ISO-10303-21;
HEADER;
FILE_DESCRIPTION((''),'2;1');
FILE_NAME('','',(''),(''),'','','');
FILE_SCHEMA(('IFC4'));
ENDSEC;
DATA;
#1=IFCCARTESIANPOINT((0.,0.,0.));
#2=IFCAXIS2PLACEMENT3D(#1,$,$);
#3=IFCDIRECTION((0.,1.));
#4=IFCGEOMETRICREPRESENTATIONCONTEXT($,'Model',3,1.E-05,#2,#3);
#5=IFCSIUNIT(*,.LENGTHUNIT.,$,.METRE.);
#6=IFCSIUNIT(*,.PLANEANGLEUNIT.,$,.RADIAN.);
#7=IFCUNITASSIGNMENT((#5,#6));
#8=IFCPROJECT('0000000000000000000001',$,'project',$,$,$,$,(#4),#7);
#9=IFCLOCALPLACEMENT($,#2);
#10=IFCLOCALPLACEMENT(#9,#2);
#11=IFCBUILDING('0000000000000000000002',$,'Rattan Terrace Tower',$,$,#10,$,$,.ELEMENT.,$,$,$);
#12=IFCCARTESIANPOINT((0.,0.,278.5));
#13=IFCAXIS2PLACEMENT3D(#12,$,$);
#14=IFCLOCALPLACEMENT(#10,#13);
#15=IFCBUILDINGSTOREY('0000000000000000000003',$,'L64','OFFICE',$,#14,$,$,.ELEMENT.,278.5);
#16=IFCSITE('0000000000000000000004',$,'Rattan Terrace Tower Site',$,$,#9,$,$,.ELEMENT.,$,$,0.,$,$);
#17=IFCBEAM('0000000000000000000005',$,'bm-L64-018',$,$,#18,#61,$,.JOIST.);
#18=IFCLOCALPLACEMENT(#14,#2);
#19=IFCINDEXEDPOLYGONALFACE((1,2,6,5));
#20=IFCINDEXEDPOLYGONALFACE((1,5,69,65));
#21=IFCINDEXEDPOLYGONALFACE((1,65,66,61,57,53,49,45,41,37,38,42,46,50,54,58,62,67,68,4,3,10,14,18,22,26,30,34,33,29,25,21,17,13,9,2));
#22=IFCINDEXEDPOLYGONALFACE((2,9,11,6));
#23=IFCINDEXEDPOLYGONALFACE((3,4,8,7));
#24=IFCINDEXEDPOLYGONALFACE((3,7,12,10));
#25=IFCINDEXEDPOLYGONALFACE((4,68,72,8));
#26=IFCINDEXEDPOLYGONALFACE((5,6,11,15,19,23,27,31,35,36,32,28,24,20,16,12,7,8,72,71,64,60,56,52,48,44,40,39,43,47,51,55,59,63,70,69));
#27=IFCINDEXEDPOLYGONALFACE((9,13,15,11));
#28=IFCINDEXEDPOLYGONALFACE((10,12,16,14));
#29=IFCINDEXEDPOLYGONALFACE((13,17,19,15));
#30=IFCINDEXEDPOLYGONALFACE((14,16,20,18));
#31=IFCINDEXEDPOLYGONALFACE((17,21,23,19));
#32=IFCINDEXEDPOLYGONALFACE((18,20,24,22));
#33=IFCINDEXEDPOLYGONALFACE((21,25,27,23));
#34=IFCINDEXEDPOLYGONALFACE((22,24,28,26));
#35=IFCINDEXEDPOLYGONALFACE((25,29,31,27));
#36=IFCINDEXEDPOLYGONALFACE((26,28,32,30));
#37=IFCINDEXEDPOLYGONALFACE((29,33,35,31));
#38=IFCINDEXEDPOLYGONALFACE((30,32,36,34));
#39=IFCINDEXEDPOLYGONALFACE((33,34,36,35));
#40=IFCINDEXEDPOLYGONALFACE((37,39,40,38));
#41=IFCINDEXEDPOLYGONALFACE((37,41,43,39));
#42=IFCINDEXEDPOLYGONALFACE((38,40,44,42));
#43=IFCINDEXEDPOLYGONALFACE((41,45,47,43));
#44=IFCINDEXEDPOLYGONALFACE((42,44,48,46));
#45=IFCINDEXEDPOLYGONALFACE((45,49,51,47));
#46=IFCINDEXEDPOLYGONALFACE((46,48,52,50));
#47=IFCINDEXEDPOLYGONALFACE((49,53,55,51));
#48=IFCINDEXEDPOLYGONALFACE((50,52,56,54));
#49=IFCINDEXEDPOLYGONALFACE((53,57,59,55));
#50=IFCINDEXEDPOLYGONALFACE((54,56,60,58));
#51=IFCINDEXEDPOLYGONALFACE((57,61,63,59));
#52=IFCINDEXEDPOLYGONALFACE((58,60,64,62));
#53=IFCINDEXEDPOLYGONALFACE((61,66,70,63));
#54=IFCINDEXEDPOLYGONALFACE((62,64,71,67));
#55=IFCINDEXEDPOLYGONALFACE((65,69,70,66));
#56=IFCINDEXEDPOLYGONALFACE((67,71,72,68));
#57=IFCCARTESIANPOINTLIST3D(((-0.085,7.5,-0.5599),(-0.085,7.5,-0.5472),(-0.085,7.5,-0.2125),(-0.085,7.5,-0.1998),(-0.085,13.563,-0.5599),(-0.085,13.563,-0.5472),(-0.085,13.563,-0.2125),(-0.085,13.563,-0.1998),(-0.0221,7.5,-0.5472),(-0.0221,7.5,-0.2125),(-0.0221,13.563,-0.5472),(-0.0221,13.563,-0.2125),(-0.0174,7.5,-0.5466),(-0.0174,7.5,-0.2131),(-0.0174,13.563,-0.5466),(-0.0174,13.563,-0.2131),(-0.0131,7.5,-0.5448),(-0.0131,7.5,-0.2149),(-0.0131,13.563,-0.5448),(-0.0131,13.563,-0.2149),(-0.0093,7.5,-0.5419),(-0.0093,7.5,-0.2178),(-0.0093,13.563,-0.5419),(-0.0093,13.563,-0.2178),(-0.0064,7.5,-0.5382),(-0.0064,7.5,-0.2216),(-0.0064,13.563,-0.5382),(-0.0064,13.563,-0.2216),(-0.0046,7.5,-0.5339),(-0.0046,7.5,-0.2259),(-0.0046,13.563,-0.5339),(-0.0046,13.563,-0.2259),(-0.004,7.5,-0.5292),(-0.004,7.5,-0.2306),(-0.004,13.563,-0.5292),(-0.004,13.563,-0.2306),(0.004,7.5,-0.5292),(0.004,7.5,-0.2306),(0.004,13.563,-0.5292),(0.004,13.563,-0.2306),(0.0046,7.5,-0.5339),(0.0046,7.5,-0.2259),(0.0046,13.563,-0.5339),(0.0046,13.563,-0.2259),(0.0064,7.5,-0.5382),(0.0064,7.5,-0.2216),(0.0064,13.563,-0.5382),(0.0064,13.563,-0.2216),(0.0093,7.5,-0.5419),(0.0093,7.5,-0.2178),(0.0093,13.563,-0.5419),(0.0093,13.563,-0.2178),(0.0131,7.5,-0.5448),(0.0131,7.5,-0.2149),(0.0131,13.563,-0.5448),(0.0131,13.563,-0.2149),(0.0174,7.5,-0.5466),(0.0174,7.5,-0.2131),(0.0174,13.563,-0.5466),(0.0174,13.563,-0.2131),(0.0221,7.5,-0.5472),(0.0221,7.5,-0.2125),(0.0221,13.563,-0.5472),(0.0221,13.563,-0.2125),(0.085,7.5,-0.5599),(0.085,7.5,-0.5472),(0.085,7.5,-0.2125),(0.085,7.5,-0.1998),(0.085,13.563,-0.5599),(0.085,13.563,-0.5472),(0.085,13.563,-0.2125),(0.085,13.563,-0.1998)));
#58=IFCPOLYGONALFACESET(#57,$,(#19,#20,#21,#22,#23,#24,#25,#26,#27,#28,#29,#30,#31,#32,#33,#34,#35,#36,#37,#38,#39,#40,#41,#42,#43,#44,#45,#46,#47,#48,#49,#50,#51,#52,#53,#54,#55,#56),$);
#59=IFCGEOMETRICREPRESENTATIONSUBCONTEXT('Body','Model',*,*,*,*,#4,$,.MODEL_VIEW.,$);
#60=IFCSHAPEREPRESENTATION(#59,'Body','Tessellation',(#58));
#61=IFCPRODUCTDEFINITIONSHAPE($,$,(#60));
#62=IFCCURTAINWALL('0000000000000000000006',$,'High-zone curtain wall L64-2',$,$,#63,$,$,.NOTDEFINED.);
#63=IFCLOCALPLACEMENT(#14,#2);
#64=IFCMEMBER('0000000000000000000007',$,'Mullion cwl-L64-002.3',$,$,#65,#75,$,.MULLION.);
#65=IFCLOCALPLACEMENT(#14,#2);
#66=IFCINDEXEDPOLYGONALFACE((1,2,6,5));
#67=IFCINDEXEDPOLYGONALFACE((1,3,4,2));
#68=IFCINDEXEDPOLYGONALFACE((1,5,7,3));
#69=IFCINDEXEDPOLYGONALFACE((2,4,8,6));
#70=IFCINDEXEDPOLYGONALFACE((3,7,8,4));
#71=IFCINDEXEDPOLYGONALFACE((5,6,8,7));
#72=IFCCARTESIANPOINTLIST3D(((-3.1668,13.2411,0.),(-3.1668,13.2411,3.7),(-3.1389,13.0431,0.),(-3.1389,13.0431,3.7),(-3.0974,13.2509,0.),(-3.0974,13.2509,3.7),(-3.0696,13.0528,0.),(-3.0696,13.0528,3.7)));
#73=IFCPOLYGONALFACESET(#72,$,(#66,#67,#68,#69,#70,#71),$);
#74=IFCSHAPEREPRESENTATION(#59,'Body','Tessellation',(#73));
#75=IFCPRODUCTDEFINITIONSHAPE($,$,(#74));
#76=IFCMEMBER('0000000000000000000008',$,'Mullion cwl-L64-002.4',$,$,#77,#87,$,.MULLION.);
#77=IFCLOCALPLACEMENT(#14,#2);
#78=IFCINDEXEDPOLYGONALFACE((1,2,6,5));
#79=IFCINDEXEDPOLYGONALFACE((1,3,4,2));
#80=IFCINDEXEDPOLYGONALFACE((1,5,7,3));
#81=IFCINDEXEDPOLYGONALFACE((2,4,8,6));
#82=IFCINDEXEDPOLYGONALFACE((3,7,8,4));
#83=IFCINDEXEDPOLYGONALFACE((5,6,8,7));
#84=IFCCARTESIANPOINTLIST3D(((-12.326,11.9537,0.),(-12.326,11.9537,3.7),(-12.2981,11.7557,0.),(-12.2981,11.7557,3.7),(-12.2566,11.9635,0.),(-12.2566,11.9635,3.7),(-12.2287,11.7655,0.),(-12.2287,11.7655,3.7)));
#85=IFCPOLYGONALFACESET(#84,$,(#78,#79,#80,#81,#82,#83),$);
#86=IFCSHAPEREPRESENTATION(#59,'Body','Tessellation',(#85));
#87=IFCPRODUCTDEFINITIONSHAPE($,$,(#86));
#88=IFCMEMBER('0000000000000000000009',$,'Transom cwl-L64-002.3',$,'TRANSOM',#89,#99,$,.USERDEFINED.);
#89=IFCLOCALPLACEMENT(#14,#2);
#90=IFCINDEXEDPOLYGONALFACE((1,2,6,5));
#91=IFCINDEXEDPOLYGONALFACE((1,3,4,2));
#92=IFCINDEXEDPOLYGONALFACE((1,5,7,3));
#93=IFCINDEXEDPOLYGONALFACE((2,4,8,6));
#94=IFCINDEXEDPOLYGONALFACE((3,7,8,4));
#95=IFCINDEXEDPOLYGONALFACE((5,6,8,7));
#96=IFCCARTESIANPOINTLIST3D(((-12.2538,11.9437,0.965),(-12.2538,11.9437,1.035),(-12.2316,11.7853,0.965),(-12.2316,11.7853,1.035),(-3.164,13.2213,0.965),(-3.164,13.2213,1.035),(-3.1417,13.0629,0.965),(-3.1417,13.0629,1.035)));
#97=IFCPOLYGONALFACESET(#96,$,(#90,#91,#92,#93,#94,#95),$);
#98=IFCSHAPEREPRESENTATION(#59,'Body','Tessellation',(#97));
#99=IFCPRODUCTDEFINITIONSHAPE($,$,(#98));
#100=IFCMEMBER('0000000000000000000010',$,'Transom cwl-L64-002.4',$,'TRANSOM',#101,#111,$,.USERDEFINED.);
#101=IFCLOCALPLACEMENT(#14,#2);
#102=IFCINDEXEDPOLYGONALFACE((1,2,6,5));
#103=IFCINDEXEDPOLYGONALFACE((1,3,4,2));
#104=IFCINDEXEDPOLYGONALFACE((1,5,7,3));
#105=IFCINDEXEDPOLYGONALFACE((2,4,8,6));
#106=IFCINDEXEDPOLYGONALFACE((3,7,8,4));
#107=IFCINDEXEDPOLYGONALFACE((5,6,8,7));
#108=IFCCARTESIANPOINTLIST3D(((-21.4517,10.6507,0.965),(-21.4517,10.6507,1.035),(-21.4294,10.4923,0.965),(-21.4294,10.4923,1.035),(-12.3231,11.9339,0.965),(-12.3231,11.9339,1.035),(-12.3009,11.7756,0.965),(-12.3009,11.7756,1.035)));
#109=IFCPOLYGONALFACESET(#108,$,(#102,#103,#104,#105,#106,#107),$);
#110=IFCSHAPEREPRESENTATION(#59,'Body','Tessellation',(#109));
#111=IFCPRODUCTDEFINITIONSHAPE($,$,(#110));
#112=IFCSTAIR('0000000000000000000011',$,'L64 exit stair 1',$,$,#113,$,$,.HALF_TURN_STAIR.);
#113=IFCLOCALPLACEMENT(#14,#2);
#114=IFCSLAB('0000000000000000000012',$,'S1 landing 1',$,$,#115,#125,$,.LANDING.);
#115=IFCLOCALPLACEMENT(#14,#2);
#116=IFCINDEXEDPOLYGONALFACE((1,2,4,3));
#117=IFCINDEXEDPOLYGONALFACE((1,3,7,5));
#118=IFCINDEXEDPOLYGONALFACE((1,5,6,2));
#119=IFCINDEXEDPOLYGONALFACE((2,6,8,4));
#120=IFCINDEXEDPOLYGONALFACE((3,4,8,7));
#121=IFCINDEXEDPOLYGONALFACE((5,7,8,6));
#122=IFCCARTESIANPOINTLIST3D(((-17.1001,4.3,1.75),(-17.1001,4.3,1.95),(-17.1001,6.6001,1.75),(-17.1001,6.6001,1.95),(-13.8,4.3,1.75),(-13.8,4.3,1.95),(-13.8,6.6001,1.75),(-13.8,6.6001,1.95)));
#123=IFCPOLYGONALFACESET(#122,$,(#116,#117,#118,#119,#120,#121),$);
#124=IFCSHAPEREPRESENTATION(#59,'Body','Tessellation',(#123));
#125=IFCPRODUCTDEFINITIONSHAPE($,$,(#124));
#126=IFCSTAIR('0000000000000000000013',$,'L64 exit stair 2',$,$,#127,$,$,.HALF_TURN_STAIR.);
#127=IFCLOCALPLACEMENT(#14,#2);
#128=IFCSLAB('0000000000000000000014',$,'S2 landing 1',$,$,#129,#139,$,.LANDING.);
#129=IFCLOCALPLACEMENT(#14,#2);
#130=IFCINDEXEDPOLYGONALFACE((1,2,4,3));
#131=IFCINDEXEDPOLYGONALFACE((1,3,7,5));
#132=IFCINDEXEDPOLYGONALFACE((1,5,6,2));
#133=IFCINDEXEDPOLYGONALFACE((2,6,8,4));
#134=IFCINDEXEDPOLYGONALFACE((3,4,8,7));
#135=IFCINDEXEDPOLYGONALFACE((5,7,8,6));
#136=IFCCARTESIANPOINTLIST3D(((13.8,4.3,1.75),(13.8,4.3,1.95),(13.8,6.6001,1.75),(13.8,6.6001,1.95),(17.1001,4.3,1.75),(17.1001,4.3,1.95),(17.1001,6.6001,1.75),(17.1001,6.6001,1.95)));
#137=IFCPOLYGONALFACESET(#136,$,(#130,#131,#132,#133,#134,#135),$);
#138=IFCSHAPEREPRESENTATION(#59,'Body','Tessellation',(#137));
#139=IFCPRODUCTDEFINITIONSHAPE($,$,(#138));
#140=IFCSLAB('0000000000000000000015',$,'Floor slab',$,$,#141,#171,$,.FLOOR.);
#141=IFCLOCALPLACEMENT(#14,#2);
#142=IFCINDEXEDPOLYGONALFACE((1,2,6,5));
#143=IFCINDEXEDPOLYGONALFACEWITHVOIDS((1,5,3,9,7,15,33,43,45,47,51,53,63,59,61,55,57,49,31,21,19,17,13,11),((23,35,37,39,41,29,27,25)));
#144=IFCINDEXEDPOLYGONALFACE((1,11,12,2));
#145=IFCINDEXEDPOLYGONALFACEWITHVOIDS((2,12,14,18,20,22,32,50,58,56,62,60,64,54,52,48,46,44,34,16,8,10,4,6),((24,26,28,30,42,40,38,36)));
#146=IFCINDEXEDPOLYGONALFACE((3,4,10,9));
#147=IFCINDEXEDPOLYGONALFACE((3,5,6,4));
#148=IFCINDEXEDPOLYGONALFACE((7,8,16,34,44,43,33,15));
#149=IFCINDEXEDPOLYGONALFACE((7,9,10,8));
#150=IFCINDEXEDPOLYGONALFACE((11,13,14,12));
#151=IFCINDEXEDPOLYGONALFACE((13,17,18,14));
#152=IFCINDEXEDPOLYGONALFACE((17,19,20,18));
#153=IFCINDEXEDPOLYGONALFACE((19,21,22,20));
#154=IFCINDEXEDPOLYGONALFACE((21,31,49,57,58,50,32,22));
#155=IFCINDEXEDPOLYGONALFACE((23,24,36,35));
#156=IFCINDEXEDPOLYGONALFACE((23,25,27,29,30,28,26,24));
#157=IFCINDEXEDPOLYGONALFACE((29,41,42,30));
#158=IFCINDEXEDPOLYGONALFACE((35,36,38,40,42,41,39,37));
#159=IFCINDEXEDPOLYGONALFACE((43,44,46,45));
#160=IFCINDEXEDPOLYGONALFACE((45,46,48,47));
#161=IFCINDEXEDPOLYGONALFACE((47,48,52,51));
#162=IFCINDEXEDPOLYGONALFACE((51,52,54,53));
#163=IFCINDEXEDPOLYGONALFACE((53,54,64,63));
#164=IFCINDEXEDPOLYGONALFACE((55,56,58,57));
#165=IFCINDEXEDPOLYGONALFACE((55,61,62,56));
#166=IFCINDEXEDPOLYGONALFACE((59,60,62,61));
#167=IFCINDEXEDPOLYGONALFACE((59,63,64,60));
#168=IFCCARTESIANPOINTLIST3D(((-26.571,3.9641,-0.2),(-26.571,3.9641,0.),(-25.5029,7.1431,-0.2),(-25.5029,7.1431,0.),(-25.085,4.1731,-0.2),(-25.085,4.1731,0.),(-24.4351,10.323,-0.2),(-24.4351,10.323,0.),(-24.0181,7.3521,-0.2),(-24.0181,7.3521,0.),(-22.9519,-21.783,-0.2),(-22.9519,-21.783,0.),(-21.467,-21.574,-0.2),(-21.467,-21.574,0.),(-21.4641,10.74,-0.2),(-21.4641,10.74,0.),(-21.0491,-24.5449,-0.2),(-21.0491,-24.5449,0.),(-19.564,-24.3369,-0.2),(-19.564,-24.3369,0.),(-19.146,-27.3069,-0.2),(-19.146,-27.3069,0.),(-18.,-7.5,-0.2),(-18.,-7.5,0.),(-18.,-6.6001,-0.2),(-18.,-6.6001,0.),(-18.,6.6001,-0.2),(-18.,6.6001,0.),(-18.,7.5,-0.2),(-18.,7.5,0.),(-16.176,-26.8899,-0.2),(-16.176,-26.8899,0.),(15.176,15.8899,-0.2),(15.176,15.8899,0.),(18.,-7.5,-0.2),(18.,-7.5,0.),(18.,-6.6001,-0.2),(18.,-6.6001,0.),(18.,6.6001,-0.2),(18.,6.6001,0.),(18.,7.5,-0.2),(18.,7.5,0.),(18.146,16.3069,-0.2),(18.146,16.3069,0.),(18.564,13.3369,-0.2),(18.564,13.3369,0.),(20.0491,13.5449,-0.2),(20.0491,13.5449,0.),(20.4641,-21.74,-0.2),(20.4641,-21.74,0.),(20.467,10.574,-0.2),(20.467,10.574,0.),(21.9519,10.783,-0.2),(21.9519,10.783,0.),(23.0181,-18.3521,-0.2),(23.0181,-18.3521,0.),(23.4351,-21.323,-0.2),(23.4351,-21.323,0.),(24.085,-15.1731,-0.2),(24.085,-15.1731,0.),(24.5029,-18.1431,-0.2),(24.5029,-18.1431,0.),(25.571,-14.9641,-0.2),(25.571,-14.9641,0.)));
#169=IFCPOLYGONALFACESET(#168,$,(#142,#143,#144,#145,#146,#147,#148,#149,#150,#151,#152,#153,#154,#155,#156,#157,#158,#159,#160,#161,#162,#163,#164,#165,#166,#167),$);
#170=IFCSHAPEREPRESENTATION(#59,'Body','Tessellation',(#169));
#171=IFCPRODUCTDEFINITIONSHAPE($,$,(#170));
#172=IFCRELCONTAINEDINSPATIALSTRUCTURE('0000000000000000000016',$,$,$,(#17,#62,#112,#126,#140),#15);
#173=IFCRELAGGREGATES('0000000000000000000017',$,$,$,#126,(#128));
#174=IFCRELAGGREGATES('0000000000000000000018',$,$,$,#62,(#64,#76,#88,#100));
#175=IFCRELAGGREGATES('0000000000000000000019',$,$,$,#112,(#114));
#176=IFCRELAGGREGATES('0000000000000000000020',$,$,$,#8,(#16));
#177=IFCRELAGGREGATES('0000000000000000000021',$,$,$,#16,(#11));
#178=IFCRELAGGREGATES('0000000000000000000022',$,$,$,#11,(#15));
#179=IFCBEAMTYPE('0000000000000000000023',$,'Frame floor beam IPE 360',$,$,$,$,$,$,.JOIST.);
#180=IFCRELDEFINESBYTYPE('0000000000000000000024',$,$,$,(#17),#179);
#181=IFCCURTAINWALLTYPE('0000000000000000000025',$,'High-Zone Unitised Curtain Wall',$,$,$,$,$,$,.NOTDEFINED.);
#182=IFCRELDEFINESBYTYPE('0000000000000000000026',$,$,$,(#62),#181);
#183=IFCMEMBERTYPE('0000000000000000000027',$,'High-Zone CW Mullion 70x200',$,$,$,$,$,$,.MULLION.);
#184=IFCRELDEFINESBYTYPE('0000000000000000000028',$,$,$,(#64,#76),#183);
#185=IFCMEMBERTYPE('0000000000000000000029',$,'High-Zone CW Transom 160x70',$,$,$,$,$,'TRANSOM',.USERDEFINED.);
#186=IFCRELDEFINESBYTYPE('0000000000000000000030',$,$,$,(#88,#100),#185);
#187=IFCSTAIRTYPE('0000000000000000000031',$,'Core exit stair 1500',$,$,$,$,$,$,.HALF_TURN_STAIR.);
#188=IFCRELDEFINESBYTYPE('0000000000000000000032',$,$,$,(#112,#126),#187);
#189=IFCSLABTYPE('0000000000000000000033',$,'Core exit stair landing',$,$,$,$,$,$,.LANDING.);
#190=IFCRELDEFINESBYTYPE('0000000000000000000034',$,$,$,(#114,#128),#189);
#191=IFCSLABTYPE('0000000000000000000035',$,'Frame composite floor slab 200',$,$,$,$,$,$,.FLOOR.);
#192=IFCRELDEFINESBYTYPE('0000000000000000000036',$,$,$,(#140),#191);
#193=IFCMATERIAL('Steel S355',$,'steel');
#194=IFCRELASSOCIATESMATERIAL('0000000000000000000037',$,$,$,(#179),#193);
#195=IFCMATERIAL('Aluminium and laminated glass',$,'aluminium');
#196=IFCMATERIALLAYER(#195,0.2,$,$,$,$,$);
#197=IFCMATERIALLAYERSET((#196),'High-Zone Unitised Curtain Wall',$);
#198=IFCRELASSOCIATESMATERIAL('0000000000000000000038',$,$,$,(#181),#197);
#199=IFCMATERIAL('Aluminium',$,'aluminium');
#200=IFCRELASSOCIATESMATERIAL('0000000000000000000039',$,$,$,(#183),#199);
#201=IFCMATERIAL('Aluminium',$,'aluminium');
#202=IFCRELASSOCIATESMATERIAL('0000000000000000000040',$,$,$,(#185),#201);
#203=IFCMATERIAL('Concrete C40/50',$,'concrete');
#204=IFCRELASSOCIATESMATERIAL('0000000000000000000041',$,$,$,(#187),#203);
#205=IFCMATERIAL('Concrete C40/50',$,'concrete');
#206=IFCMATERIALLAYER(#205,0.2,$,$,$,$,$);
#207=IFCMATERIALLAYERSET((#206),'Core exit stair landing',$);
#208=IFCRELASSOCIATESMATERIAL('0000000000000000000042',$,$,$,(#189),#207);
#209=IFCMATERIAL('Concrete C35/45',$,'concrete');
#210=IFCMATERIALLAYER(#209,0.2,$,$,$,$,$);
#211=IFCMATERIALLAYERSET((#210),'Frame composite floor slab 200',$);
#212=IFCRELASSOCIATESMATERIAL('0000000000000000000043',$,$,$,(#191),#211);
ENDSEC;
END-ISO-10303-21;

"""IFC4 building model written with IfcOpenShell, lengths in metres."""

from ifc_helpers import new_model, si_unit, direction, frame, origin, origin_2d, place, context, subcontext, project, spatial, polyline, rectangle, i_section, outline, extrude, material, layer, layer_set, material_profile, profile_set, type_object, element, aggregate, save


model = new_model("IFC4")

# Units and contexts
model_context = context("Model", 3, precision=1e-05, world=origin(), true_north=direction((0.0, 1.0)))
body_context = subcontext(model_context, "Body", "Model", "MODEL_VIEW")
ifc_project = project(units=[si_unit("LENGTHUNIT", "METRE"), si_unit("PLANEANGLEUNIT", "RADIAN")], contexts=[model_context])

# Site, building, storey
site_placement = place(None, origin())
site = spatial("IfcSite", under=ifc_project, at=site_placement, Name="Rattan Terrace Tower Site", CompositionType="ELEMENT", RefElevation=0.0)
building_placement = place(site_placement, origin())
building = spatial("IfcBuilding", under=site, at=building_placement, Name="Rattan Terrace Tower", CompositionType="ELEMENT")
storey_placement = place(building_placement, frame((0.0, 0.0, 278.5)))
storey = spatial("IfcBuildingStorey", under=building, at=storey_placement, Name="L64", Description="OFFICE", CompositionType="ELEMENT", Elevation=278.5)

# Beam
ifc_material_1 = material(Name="Steel S355", Category="steel")
ifc_material_profile_1 = material_profile(ifc_material_1, i_section(OverallWidth=0.1699, OverallDepth=0.3601, WebThickness=0.0081, FlangeThickness=0.0127, FilletRadius=0.0181, at=origin_2d()), Name="IPE 360")
ifc_profile_set_1 = profile_set([ifc_material_profile_1], Name="Steel S355")
beam_type_1 = type_object("IfcBeamType", Name="Frame floor beam IPE 360", PredefinedType="JOIST", material=ifc_profile_set_1)
beam_1_placement = place(storey_placement, frame((0.0, 7.5, -0.3799), z_axis=(0.0, 1.0, 0.0), x_axis=(-1.0, 0.0, 0.0)))
element("IfcBeam", 1, at=beam_1_placement, inside=storey, type_object=beam_type_1, Name="bm-L64-018", PredefinedType="JOIST", context=body_context, shape_type="SweptSolid", body=[
    extrude(i_section(OverallWidth=0.1699, OverallDepth=0.3601, WebThickness=0.0081, FlangeThickness=0.0127, FilletRadius=0.0181, at=origin_2d()), origin(), (0.0, 0.0, 1.0), 6.063),
])

# Curtain wall, members
ifc_material_2 = material(Name="Aluminium and laminated glass", Category="aluminium")
ifc_layer_1 = layer(ifc_material_2, 0.2)
ifc_layer_set_1 = layer_set([ifc_layer_1], Name="High-Zone Unitised Curtain Wall")
curtain_wall_type = type_object("IfcCurtainWallType", Name="High-Zone Unitised Curtain Wall", PredefinedType="NOTDEFINED", material=ifc_layer_set_1)
curtain_wall_placement = place(storey_placement, origin())
curtain_wall = element("IfcCurtainWall", 2, at=curtain_wall_placement, inside=storey, type_object=curtain_wall_type, Name="High-zone curtain wall L64-2", PredefinedType="NOTDEFINED")
ifc_material_3 = material(Name="Aluminium", Category="aluminium")
ifc_material_profile_2 = material_profile(ifc_material_3, rectangle(XDim=0.0701, YDim=0.2, at=origin_2d()), Name="Aluminium 70x200")
ifc_profile_set_2 = profile_set([ifc_material_profile_2], Name="Aluminium")
member_type_1 = type_object("IfcMemberType", Name="High-Zone CW Mullion 70x200", PredefinedType="MULLION", material=ifc_profile_set_2)
member_1_placement = place(storey_placement, frame((-3.1182, 13.147, 0.0), z_axis=(0.0, 0.0, 1.0), x_axis=(-0.990266, -0.139189, 0.0)))
member_1 = element("IfcMember", 3, at=member_1_placement, type_object=member_type_1, Name="Mullion cwl-L64-002.3", PredefinedType="MULLION", context=body_context, shape_type="SweptSolid", body=[
    extrude(rectangle(XDim=0.0701, YDim=0.2, at=origin_2d()), origin(), (0.0, 0.0, 1.0), 3.7),
])
member_2_placement = place(storey_placement, frame((-12.2773, 11.8596, 0.0), z_axis=(0.0, 0.0, 1.0), x_axis=(-0.990266, -0.139189, 0.0)))
member_2 = element("IfcMember", 4, at=member_2_placement, type_object=member_type_1, Name="Mullion cwl-L64-002.4", PredefinedType="MULLION", context=body_context, shape_type="SweptSolid", body=[
    extrude(rectangle(XDim=0.0701, YDim=0.2, at=origin_2d()), origin(), (0.0, 0.0, 1.0), 3.7),
])
ifc_material_4 = material(Name="Aluminium", Category="aluminium")
ifc_material_profile_3 = material_profile(ifc_material_4, rectangle(XDim=0.1599, YDim=0.0701, at=origin_2d()), Name="Aluminium 160x70")
ifc_profile_set_3 = profile_set([ifc_material_profile_3], Name="Aluminium")
member_type_2 = type_object("IfcMemberType", Name="High-Zone CW Transom 160x70", ElementType="TRANSOM", PredefinedType="USERDEFINED", material=ifc_profile_set_3)
member_3_placement = place(storey_placement, frame((-3.1528, 13.1421, 1.0), z_axis=(-0.990267, -0.139183, 0.0), x_axis=(0.139183, -0.990267, 0.0)))
member_3 = element("IfcMember", 5, at=member_3_placement, type_object=member_type_2, Name="Transom cwl-L64-002.3", ObjectType="TRANSOM", PredefinedType="USERDEFINED", context=body_context, shape_type="SweptSolid", body=[
    extrude(rectangle(XDim=0.1599, YDim=0.0701, at=origin_2d()), origin(), (0.0, 0.0, 1.0), 9.1792),
])
member_4_placement = place(storey_placement, frame((-12.312, 11.8547, 1.0), z_axis=(-0.990264, -0.139204, 0.0), x_axis=(0.139204, -0.990264, 0.0)))
member_4 = element("IfcMember", 6, at=member_4_placement, type_object=member_type_2, Name="Transom cwl-L64-002.4", ObjectType="TRANSOM", PredefinedType="USERDEFINED", context=body_context, shape_type="SweptSolid", body=[
    extrude(rectangle(XDim=0.1599, YDim=0.0701, at=origin_2d()), origin(), (0.0, 0.0, 1.0), 9.2183),
])

# Stairs, slabs
ifc_material_5 = material(Name="Concrete C40/50", Category="concrete")
stair_type = type_object("IfcStairType", Name="Core exit stair 1500", PredefinedType="HALF_TURN_STAIR", material=ifc_material_5)
stair_1_placement = place(storey_placement, origin())
stair_1 = element("IfcStair", 7, at=stair_1_placement, inside=storey, type_object=stair_type, Name="L64 exit stair 1", PredefinedType="HALF_TURN_STAIR")
ifc_material_6 = material(Name="Concrete C40/50", Category="concrete")
ifc_layer_2 = layer(ifc_material_6, 0.2)
ifc_layer_set_2 = layer_set([ifc_layer_2], Name="Core exit stair landing")
slab_type_1 = type_object("IfcSlabType", Name="Core exit stair landing", PredefinedType="LANDING", material=ifc_layer_set_2)
slab_1_placement = place(storey_placement, frame((0.0, 0.0, 1.75)))
slab_1 = element("IfcSlab", 8, at=slab_1_placement, type_object=slab_type_1, Name="S1 landing 1", PredefinedType="LANDING", context=body_context, shape_type="SweptSolid", body=[
    extrude(outline(polyline([(-13.8, 4.3), (-13.8, 6.6001), (-17.1001, 6.6001), (-17.1001, 4.3), (-13.8, 4.3)])), origin(), (0.0, 0.0, 1.0), 0.2),
])
stair_2_placement = place(storey_placement, origin())
stair_2 = element("IfcStair", 9, at=stair_2_placement, inside=storey, type_object=stair_type, Name="L64 exit stair 2", PredefinedType="HALF_TURN_STAIR")
slab_2_placement = place(storey_placement, frame((0.0, 0.0, 1.75)))
slab_2 = element("IfcSlab", 10, at=slab_2_placement, type_object=slab_type_1, Name="S2 landing 1", PredefinedType="LANDING", context=body_context, shape_type="SweptSolid", body=[
    extrude(outline(polyline([(17.1001, 4.3), (17.1001, 6.6001), (13.8, 6.6001), (13.8, 4.3), (17.1001, 4.3)])), origin(), (0.0, 0.0, 1.0), 0.2),
])
aggregate(stair_2, [slab_2])

# Slab
ifc_material_7 = material(Name="Concrete C35/45", Category="concrete")
ifc_layer_3 = layer(ifc_material_7, 0.2)
ifc_layer_set_3 = layer_set([ifc_layer_3], Name="Frame composite floor slab 200")
slab_type_2 = type_object("IfcSlabType", Name="Frame composite floor slab 200", PredefinedType="FLOOR", material=ifc_layer_set_3)
slab_3_placement = place(storey_placement, frame((0.0, 0.0, -0.2)))
element("IfcSlab", 11, at=slab_3_placement, inside=storey, type_object=slab_type_2, Name="Floor slab", PredefinedType="FLOOR", context=body_context, shape_type="SweptSolid", body=[
    extrude(outline(polyline([(-16.176, -26.8899), (20.4641, -21.74), (23.4351, -21.323), (23.0181, -18.3521), (24.5029, -18.1431), (24.085, -15.1731), (25.571, -14.9641), (21.9519, 10.783), (20.467, 10.574), (20.0491, 13.5449), (18.564, 13.3369), (18.146, 16.3069), (15.176, 15.8899), (-21.4641, 10.74), (-24.4351, 10.323), (-24.0181, 7.3521), (-25.5029, 7.1431), (-25.085, 4.1731), (-26.571, 3.9641), (-22.9519, -21.783), (-21.467, -21.574), (-21.0491, -24.5449), (-19.564, -24.3369), (-19.146, -27.3069), (-16.176, -26.8899)]), holes=[polyline([(-18.0, -7.5), (18.0, -7.5), (18.0, -6.6001), (18.0, 6.6001), (18.0, 7.5), (-18.0, 7.5), (-18.0, 6.6001), (-18.0, -6.6001), (-18.0, -7.5)])]), origin(), (0.0, 0.0, 1.0), 0.2),
])

aggregate(curtain_wall, [member_1, member_2, member_3, member_4])

aggregate(stair_1, [slab_1])

save(model, "model.ifc")
